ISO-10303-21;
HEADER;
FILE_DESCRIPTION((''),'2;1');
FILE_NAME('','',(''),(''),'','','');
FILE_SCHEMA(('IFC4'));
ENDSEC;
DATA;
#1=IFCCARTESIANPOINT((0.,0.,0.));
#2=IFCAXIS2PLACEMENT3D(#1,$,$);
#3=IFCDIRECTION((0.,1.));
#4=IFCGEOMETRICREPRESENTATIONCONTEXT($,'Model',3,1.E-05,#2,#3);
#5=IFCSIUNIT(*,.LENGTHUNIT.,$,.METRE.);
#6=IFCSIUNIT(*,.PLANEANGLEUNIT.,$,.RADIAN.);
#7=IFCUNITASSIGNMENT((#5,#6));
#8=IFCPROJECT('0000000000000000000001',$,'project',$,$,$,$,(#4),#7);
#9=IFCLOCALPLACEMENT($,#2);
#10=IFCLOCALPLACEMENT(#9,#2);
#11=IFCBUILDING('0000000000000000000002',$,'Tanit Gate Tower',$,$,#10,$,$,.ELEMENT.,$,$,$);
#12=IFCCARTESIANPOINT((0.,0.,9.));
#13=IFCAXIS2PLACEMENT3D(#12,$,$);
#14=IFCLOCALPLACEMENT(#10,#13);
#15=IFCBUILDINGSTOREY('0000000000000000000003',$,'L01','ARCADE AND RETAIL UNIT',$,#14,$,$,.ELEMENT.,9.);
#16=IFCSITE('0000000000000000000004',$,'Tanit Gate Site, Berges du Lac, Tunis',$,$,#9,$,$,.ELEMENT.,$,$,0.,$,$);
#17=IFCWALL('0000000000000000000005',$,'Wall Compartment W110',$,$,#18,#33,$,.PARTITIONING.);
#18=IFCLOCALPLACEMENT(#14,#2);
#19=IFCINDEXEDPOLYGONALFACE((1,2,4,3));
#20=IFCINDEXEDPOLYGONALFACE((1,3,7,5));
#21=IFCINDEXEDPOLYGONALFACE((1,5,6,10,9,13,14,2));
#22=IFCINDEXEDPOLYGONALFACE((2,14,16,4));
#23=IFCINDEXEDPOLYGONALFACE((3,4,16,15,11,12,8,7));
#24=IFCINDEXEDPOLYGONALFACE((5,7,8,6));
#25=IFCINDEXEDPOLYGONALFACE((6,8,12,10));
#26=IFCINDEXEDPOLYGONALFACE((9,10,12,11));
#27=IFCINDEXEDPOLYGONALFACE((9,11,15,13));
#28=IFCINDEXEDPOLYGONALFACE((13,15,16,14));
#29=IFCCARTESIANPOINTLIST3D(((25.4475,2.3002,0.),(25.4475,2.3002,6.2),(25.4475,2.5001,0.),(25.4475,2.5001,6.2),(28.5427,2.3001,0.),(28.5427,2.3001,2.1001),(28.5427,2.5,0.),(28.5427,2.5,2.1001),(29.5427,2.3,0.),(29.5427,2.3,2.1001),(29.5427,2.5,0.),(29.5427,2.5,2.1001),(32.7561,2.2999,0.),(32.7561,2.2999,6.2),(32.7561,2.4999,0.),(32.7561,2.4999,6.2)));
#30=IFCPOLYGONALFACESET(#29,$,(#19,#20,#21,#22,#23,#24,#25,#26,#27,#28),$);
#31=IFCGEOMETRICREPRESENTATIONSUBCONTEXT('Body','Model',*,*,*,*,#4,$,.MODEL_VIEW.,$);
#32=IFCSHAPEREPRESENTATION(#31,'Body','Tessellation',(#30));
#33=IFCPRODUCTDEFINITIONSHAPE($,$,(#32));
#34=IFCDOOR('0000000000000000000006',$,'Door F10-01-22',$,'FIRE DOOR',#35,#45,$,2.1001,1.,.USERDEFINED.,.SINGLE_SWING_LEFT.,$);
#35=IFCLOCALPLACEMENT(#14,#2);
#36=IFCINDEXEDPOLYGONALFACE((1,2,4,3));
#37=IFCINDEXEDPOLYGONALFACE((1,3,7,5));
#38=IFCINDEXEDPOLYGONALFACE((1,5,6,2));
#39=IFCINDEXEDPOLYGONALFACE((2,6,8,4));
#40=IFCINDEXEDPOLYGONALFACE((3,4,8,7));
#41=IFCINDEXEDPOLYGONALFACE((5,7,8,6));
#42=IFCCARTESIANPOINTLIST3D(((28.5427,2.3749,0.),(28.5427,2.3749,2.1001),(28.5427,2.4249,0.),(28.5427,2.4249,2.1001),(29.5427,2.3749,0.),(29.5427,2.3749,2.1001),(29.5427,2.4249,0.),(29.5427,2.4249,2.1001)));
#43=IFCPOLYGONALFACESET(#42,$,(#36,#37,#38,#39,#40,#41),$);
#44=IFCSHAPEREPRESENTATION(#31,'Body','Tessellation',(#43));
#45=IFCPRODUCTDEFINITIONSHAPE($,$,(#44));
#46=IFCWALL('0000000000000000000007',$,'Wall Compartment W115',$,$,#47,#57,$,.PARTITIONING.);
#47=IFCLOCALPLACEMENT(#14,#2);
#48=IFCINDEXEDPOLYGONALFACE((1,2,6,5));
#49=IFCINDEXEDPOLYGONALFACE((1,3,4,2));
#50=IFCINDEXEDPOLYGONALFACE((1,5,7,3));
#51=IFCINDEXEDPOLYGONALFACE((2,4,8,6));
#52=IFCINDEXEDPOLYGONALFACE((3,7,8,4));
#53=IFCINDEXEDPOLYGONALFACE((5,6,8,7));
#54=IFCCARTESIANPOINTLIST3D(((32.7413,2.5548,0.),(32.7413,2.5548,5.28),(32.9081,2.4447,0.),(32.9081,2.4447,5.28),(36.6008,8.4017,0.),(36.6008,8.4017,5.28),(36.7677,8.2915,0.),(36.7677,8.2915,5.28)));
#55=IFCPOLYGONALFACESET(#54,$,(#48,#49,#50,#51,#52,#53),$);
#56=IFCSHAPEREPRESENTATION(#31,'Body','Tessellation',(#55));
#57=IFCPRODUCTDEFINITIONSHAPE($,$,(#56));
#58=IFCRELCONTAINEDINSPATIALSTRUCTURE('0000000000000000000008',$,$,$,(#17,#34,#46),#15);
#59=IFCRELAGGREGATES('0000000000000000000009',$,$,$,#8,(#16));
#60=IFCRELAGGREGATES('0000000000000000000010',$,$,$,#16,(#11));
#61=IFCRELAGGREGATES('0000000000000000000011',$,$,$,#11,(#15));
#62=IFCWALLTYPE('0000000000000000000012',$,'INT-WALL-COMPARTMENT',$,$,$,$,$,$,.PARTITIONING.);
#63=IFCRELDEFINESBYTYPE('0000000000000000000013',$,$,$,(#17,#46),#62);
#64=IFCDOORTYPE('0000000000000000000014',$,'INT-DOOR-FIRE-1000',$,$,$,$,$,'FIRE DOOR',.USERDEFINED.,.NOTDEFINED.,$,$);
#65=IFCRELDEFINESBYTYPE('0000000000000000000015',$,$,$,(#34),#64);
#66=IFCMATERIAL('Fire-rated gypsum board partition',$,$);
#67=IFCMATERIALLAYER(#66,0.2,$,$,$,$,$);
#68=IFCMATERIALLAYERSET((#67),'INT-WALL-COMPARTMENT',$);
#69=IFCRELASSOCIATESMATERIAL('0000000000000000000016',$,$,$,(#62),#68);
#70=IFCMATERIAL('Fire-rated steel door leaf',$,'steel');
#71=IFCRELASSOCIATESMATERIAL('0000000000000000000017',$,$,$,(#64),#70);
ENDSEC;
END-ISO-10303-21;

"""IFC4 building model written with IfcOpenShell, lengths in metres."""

from ifc_helpers import new_model, si_unit, direction, frame, frame_2d, origin, place, context, subcontext, project, spatial, rectangle, extrude, material, layer, layer_set, type_object, element, fill, save


model = new_model("IFC4")

# Units and contexts
model_context = context("Model", 3, precision=1e-05, world=origin(), true_north=direction((0.0, 1.0)))
body_context = subcontext(model_context, "Body", "Model", "MODEL_VIEW")
ifc_project = project(units=[si_unit("LENGTHUNIT", "METRE"), si_unit("PLANEANGLEUNIT", "RADIAN")], contexts=[model_context])

# Site, building, storey
site_placement = place(None, origin())
site = spatial("IfcSite", under=ifc_project, at=site_placement, Name="Tanit Gate Site, Berges du Lac, Tunis", CompositionType="ELEMENT", RefElevation=0.0)
building_placement = place(site_placement, origin())
building = spatial("IfcBuilding", under=site, at=building_placement, Name="Tanit Gate Tower", CompositionType="ELEMENT")
storey_placement = place(building_placement, frame((0.0, 0.0, 9.0)))
storey = spatial("IfcBuildingStorey", under=building, at=storey_placement, Name="L01", Description="ARCADE AND RETAIL UNIT", CompositionType="ELEMENT", Elevation=9.0)

# Shared definitions
ifc_material_1 = material(Name="Fire-rated gypsum board partition")
ifc_layer_1 = layer(ifc_material_1, 0.2)
ifc_layer_set_1 = layer_set([ifc_layer_1], Name="INT-WALL-COMPARTMENT")
wall_type_1 = type_object("IfcWallType", Name="INT-WALL-COMPARTMENT", PredefinedType="PARTITIONING", material=ifc_layer_set_1)
ifc_material_2 = material(Name="Fire-rated steel door leaf", Category="steel")
door_type_1 = type_object("IfcDoorType", Name="INT-DOOR-FIRE-1000", ElementType="FIRE DOOR", OperationType="NOTDEFINED", PredefinedType="USERDEFINED", material=ifc_material_2)

# Wall, opening, door
wall_1_placement = place(storey_placement, frame((25.4475, 2.4001, 0.0), z_axis=(0.0, 0.0, 1.0), x_axis=(1.0, -0.000033, 0.0)))
wall_1 = element("IfcWall", 1, at=wall_1_placement, inside=storey, type_object=wall_type_1, Name="Wall Compartment W110", PredefinedType="PARTITIONING", context=body_context, shape_type="SweptSolid", body=[
    extrude(rectangle(XDim=7.3086, YDim=0.2, at=frame_2d((3.6543, 0.0))), origin(), (0.0, 0.0, 1.0), 6.2),
])
opening_1_placement = place(wall_1_placement, frame((3.0952, 0.0, 0.0)))
opening_1 = element("IfcOpeningElement", 2, at=opening_1_placement, cuts=wall_1, PredefinedType="OPENING", context=body_context, shape_type="SweptSolid", body=[
    extrude(rectangle(XDim=1.0, YDim=2.1001, at=frame_2d((0.5, 1.05))), frame((0.0, 0.1099, 0.0), z_axis=(0.0, -1.0, 0.0), x_axis=(1.0, 0.0, 0.0)), (0.0, 0.0, 1.0), 0.22),
])
door_1_placement = place(opening_1_placement, origin())
door_1 = element("IfcDoor", 3, at=door_1_placement, inside=storey, type_object=door_type_1, Name="Door F10-01-22", ObjectType="FIRE DOOR", OperationType="SINGLE_SWING_LEFT", OverallHeight=2.1001, OverallWidth=1.0, PredefinedType="USERDEFINED", context=body_context, shape_type="SweptSolid", body=[
    extrude(rectangle(XDim=1.0, YDim=2.1001, at=frame_2d((0.5, 1.05))), frame((0.0, 0.0249, 0.0), z_axis=(0.0, -1.0, 0.0), x_axis=(1.0, 0.0, 0.0)), (0.0, 0.0, 1.0), 0.05),
])
fill(opening_1, door_1)

# Wall
wall_2_placement = place(storey_placement, frame((32.8247, 2.4998, 0.0), z_axis=(0.0, 0.0, 1.0), x_axis=(0.550907, 0.834567, 0.0)))
element("IfcWall", 4, at=wall_2_placement, inside=storey, type_object=wall_type_1, Name="Wall Compartment W115", PredefinedType="PARTITIONING", context=body_context, shape_type="SweptSolid", body=[
    extrude(rectangle(XDim=7.0059, YDim=0.2, at=frame_2d((3.5029, 0.0))), origin(), (0.0, 0.0, 1.0), 5.28),
])

save(model, "model.ifc")
